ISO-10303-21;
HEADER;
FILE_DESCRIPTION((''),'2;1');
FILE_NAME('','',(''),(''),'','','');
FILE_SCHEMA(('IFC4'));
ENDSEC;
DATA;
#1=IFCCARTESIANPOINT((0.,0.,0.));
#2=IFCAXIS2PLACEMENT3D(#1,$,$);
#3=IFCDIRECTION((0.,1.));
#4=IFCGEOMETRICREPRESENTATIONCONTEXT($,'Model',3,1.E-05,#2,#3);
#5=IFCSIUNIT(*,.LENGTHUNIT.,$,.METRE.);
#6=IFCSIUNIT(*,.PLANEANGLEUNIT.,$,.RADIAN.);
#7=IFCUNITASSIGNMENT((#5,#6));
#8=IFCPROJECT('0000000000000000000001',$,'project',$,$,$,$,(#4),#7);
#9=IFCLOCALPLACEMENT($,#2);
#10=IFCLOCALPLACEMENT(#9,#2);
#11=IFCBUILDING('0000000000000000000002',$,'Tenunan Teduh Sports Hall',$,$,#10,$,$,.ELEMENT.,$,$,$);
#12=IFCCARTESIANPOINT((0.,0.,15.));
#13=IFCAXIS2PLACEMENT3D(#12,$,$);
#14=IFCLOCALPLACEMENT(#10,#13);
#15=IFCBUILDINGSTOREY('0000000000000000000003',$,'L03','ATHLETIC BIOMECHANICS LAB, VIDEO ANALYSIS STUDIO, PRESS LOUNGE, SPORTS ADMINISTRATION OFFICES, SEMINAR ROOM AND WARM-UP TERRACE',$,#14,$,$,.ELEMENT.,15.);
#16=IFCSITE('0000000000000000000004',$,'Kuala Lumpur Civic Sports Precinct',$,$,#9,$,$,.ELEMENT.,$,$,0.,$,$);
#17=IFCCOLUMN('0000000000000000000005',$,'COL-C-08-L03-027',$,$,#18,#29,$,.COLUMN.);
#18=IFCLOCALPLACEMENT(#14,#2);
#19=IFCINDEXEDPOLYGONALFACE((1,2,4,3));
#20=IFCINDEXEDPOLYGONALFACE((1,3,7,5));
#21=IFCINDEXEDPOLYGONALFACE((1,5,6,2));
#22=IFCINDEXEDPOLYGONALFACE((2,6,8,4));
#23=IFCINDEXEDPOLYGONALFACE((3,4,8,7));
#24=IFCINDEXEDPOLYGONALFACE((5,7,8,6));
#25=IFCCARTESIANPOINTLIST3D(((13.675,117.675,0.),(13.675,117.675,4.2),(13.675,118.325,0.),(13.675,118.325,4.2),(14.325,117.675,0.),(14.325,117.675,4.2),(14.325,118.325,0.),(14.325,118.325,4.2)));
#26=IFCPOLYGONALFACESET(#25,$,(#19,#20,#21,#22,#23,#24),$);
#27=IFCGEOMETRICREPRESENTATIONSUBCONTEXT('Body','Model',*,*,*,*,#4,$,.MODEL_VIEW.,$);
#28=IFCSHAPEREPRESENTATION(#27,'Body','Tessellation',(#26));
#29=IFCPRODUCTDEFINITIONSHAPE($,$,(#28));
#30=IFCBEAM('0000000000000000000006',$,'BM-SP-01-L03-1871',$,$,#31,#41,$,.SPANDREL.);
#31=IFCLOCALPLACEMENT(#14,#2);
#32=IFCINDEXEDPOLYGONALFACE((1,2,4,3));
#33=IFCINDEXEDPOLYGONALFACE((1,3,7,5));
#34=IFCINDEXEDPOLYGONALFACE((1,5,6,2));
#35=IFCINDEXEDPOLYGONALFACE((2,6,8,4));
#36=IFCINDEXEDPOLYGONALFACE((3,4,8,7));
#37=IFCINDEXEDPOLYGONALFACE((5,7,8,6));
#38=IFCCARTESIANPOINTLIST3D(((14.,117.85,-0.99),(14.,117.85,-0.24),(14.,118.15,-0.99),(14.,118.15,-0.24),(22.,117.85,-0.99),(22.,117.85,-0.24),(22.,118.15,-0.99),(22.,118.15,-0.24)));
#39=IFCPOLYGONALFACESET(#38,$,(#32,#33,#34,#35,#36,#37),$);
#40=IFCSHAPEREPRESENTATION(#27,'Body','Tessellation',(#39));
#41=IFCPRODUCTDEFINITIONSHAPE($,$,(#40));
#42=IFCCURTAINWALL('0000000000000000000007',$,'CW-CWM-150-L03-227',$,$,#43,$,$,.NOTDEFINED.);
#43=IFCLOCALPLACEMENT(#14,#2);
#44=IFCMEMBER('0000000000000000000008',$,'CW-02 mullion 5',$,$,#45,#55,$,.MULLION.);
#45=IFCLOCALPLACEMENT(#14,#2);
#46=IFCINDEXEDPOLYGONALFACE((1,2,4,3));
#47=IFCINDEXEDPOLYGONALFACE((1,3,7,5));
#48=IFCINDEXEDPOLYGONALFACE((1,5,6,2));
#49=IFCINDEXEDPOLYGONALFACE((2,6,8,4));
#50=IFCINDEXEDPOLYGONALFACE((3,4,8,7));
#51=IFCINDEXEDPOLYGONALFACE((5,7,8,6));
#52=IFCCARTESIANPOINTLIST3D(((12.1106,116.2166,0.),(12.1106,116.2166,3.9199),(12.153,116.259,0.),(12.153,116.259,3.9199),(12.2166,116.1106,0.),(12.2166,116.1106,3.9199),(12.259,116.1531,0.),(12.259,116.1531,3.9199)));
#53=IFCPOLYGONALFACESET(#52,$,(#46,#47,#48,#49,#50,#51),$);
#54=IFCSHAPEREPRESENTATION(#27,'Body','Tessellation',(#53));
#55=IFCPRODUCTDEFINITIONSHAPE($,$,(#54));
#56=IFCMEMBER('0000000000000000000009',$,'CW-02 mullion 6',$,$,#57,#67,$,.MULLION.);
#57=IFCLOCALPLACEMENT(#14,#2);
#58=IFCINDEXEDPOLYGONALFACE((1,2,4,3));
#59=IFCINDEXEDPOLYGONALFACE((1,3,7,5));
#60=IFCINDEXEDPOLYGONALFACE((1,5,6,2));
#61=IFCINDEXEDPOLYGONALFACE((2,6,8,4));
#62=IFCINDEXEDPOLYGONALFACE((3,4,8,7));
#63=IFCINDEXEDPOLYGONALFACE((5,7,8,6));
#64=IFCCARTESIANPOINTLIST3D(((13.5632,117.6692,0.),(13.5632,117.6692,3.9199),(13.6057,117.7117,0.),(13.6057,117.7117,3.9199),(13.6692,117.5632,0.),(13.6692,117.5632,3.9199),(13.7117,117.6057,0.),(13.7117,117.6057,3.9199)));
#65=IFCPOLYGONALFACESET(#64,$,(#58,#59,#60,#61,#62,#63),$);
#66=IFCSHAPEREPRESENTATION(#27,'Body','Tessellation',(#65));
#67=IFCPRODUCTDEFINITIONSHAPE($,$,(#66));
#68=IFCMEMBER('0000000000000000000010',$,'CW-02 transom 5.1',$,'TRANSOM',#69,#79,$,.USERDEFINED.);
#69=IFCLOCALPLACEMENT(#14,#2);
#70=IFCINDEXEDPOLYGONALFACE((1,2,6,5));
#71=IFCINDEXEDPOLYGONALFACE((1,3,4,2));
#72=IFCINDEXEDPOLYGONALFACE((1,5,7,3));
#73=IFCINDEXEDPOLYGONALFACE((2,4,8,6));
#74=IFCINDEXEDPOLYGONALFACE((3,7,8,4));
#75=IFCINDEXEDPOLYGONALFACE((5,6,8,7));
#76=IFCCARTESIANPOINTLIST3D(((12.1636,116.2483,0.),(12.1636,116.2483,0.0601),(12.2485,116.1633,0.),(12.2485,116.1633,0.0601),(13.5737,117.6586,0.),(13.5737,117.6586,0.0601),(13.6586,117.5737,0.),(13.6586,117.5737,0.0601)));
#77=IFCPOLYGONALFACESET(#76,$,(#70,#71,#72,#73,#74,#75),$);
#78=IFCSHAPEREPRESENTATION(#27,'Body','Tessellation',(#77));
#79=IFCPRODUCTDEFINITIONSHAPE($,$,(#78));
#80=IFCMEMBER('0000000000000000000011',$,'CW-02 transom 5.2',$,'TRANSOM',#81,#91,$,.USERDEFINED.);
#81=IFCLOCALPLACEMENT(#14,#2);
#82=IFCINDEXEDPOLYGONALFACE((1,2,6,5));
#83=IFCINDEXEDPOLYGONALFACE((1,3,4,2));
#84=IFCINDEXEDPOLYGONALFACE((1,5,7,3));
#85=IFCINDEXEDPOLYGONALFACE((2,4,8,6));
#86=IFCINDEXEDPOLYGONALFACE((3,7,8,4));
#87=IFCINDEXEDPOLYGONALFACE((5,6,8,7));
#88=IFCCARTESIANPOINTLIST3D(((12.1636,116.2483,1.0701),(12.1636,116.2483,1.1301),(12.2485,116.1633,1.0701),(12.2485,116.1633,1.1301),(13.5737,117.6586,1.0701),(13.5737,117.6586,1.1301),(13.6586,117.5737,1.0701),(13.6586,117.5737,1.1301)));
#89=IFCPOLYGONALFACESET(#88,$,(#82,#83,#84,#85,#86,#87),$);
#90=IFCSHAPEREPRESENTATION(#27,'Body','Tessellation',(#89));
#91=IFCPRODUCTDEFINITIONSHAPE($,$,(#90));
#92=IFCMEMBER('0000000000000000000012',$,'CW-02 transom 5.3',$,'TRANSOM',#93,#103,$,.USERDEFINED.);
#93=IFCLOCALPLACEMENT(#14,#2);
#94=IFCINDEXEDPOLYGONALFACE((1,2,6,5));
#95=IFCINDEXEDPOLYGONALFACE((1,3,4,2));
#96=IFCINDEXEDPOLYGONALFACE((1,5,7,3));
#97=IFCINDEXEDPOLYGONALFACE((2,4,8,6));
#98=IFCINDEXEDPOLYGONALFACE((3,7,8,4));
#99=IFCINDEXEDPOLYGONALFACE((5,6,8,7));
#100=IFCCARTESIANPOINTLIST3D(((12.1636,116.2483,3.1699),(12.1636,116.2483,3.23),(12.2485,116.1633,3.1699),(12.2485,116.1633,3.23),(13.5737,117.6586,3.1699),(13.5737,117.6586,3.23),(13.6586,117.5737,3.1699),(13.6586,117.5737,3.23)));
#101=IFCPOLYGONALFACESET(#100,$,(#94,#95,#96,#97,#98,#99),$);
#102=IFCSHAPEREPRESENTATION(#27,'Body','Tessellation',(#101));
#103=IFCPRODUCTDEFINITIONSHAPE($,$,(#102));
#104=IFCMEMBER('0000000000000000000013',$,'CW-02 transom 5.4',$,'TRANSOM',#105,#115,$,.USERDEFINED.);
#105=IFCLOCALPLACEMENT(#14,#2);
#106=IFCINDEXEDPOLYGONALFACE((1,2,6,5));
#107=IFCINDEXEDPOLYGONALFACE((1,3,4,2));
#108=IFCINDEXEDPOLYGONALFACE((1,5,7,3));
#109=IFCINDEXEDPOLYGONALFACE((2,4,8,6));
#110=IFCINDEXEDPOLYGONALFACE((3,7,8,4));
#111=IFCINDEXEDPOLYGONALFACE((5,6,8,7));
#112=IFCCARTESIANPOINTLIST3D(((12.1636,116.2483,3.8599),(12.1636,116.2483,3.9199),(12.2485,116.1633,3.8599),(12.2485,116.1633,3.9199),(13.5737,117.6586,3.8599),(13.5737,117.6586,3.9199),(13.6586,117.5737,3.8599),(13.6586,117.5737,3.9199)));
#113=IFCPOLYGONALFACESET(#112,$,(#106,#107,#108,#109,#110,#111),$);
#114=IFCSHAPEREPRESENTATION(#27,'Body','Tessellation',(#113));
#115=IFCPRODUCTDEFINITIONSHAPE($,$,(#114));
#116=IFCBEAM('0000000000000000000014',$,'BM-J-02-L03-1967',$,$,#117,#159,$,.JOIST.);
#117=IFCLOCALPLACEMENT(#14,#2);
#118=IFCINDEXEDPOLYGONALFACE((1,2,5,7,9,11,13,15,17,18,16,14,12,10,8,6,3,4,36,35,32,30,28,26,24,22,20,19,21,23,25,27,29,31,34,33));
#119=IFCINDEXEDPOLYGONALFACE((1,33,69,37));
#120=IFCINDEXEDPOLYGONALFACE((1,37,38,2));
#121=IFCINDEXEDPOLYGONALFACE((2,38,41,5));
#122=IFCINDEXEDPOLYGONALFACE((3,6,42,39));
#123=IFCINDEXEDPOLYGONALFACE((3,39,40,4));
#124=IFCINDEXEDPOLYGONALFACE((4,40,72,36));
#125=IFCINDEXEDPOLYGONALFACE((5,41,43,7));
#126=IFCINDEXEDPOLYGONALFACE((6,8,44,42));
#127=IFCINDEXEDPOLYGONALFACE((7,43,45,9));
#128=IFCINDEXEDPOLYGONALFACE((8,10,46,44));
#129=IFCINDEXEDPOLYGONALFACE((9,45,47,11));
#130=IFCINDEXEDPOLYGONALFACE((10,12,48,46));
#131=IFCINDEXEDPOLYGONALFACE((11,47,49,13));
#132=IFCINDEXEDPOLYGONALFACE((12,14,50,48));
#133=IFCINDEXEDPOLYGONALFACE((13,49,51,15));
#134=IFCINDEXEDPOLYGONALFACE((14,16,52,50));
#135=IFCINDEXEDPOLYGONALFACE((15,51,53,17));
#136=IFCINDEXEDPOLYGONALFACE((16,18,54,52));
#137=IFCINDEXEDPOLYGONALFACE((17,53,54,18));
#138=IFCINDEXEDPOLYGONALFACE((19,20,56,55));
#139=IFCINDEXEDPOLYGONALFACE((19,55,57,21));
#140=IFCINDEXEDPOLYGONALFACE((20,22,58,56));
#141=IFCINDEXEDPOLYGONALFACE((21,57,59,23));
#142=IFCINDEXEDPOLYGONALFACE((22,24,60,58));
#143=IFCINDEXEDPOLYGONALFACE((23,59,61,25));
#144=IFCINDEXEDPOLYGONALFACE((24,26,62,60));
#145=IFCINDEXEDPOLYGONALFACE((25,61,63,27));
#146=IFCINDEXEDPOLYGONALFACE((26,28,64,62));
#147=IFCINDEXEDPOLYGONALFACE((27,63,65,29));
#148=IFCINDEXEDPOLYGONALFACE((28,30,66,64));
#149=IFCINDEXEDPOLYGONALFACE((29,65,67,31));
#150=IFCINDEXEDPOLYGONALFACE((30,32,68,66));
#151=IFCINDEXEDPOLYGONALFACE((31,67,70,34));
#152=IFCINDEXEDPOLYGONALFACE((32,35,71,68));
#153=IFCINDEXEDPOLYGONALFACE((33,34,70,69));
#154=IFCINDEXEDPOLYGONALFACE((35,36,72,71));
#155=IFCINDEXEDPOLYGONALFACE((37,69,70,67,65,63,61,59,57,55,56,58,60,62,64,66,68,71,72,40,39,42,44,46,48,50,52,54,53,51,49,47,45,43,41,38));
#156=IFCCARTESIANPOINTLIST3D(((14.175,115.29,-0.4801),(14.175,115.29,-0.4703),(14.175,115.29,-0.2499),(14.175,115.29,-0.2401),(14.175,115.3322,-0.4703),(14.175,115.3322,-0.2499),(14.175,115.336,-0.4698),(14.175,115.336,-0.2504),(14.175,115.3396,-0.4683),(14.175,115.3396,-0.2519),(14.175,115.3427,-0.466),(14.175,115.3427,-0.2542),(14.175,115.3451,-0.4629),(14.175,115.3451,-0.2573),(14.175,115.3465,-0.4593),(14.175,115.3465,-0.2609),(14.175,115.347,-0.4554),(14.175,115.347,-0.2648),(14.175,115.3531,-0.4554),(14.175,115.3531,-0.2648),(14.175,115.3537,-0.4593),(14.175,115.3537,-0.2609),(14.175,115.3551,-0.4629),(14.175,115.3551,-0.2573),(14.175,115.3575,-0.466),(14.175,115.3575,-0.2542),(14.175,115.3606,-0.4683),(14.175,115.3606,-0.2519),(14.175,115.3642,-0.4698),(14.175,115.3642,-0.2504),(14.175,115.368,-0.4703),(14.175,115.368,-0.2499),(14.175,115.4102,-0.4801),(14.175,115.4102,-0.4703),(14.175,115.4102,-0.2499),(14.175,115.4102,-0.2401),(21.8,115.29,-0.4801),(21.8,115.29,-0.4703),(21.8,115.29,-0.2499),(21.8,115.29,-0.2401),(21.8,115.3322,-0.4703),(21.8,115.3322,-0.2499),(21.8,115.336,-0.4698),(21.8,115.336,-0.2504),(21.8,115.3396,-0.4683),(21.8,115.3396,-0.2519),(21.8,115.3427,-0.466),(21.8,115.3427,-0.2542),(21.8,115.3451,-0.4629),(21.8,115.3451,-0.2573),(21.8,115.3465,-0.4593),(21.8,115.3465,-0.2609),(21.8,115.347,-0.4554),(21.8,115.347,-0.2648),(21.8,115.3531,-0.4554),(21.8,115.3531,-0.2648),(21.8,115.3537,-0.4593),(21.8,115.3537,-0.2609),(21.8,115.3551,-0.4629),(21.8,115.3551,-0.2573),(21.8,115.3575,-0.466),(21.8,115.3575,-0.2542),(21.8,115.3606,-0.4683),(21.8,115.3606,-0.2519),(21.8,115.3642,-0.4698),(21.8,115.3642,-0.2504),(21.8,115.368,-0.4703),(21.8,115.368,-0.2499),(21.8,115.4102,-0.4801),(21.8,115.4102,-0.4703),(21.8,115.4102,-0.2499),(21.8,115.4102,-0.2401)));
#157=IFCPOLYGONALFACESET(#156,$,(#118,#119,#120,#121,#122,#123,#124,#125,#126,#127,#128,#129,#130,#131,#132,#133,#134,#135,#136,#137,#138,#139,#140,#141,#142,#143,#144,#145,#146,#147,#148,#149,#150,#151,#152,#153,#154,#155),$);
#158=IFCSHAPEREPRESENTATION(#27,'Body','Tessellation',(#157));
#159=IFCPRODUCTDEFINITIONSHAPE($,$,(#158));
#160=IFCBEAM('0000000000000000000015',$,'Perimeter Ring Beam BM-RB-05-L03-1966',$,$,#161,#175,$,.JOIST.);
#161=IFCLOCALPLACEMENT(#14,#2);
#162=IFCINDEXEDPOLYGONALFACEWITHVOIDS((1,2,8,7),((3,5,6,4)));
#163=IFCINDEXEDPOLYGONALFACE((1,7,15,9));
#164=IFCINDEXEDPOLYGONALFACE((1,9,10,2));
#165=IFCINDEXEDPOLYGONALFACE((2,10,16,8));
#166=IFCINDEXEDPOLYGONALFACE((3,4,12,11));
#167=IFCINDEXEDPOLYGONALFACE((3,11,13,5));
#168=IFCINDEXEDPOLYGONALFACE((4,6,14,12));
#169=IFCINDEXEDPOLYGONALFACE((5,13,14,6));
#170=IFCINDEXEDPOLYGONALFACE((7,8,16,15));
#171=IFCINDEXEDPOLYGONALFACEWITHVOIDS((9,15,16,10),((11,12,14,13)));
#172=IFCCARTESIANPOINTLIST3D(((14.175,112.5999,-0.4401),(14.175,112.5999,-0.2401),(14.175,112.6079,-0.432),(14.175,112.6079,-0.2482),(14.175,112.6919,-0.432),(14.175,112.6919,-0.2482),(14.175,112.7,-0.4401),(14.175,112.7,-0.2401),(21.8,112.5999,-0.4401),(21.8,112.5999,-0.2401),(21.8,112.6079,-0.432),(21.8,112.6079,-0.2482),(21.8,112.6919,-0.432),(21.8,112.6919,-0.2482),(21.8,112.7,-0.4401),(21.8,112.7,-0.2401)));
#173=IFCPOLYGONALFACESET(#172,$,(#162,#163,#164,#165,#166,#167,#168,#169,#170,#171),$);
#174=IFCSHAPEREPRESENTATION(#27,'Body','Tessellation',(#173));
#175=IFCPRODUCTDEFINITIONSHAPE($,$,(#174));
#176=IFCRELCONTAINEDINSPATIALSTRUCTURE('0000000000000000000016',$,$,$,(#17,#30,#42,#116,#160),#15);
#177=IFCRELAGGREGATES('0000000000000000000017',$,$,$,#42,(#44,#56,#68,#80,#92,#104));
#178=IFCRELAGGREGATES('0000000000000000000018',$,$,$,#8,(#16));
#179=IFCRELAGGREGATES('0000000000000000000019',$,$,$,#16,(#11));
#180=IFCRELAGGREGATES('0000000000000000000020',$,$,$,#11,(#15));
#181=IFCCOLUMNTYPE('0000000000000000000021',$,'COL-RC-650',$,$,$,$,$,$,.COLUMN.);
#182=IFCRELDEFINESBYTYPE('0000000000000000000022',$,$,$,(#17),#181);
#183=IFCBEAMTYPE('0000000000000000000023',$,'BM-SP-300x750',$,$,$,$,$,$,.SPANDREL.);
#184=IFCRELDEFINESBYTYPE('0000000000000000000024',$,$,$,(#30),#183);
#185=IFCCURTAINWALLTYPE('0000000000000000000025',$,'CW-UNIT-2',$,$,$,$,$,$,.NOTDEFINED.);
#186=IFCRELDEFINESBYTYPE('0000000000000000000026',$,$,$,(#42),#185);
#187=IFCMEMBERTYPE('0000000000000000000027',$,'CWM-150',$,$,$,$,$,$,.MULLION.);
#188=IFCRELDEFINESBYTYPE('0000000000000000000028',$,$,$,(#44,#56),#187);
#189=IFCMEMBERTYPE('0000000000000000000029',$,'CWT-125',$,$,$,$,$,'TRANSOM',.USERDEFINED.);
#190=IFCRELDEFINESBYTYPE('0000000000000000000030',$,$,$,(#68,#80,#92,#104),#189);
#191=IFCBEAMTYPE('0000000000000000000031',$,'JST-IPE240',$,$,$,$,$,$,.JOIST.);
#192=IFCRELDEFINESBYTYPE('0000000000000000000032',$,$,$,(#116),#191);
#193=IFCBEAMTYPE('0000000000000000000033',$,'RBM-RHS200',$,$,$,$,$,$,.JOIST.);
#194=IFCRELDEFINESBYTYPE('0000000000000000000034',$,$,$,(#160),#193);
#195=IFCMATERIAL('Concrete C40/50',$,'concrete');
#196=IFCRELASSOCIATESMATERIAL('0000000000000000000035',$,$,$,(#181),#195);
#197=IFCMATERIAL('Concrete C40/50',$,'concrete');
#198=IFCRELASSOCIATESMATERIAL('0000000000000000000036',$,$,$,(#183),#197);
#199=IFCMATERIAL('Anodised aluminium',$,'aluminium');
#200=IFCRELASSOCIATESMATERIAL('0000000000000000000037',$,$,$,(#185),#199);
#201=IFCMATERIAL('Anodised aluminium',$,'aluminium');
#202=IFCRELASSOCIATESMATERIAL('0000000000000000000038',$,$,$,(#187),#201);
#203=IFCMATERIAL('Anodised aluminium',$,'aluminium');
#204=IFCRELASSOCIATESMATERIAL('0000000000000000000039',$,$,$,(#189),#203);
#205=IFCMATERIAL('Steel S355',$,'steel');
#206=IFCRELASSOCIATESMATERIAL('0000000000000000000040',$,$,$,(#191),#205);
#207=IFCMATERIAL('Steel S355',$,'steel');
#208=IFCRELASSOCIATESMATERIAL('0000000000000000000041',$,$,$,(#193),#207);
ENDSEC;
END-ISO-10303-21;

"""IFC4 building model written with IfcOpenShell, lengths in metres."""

from ifc_helpers import new_model, si_unit, direction, frame, origin, origin_2d, place, context, subcontext, project, spatial, rectangle, hollow_rectangle, i_section, extrude, material, material_profile, profile_set, type_object, element, aggregate, save


model = new_model("IFC4")

# Units and contexts
model_context = context("Model", 3, precision=1e-05, world=origin(), true_north=direction((0.0, 1.0)))
body_context = subcontext(model_context, "Body", "Model", "MODEL_VIEW")
ifc_project = project(units=[si_unit("LENGTHUNIT", "METRE"), si_unit("PLANEANGLEUNIT", "RADIAN")], contexts=[model_context])

# Site, building, storey
site_placement = place(None, origin())
site = spatial("IfcSite", under=ifc_project, at=site_placement, Name="Kuala Lumpur Civic Sports Precinct", CompositionType="ELEMENT", RefElevation=0.0)
building_placement = place(site_placement, origin())
building = spatial("IfcBuilding", under=site, at=building_placement, Name="Tenunan Teduh Sports Hall", CompositionType="ELEMENT")
storey_placement = place(building_placement, frame((0.0, 0.0, 15.0)))
storey = spatial("IfcBuildingStorey", under=building, at=storey_placement, Name="L03", Description="ATHLETIC BIOMECHANICS LAB, VIDEO ANALYSIS STUDIO, PRESS LOUNGE, SPORTS ADMINISTRATION OFFICES, SEMINAR ROOM AND WARM-UP TERRACE", CompositionType="ELEMENT", Elevation=15.0)

# Column
ifc_material_1 = material(Name="Concrete C40/50", Category="concrete")
ifc_material_profile_1 = material_profile(ifc_material_1, rectangle(XDim=0.6499, YDim=0.6499, at=origin_2d()), Name="RC 650x650")
ifc_profile_set_1 = profile_set([ifc_material_profile_1], Name="Concrete C40/50")
column_type = type_object("IfcColumnType", Name="COL-RC-650", PredefinedType="COLUMN", material=ifc_profile_set_1)
column_placement = place(storey_placement, frame((14.0, 118.0, 0.0), z_axis=(0.0, 0.0, 1.0), x_axis=(1.0, 0.0, 0.0)))
element("IfcColumn", 1, at=column_placement, inside=storey, type_object=column_type, Name="COL-C-08-L03-027", PredefinedType="COLUMN", context=body_context, shape_type="SweptSolid", body=[
    extrude(rectangle(XDim=0.6499, YDim=0.6499, at=origin_2d()), origin(), (0.0, 0.0, 1.0), 4.2),
])

# Beam
ifc_material_2 = material(Name="Concrete C40/50", Category="concrete")
ifc_material_profile_2 = material_profile(ifc_material_2, rectangle(XDim=0.3, YDim=0.75, at=origin_2d()), Name="SPB 300x750")
ifc_profile_set_2 = profile_set([ifc_material_profile_2], Name="Concrete C40/50")
beam_type_1 = type_object("IfcBeamType", Name="BM-SP-300x750", PredefinedType="SPANDREL", material=ifc_profile_set_2)
beam_1_placement = place(storey_placement, frame((14.0, 118.0, -0.615), z_axis=(1.0, 0.0, 0.0), x_axis=(0.0, 1.0, 0.0)))
element("IfcBeam", 2, at=beam_1_placement, inside=storey, type_object=beam_type_1, Name="BM-SP-01-L03-1871", PredefinedType="SPANDREL", context=body_context, shape_type="SweptSolid", body=[
    extrude(rectangle(XDim=0.3, YDim=0.75, at=origin_2d()), origin(), (0.0, 0.0, 1.0), 8.0),
])

# Curtain wall, members
ifc_material_3 = material(Name="Anodised aluminium", Category="aluminium")
curtain_wall_type = type_object("IfcCurtainWallType", Name="CW-UNIT-2", PredefinedType="NOTDEFINED", material=ifc_material_3)
curtain_wall_placement = place(storey_placement, origin())
curtain_wall = element("IfcCurtainWall", 3, at=curtain_wall_placement, inside=storey, type_object=curtain_wall_type, Name="CW-CWM-150-L03-227", PredefinedType="NOTDEFINED")
ifc_material_4 = material(Name="Anodised aluminium", Category="aluminium")
ifc_material_profile_3 = material_profile(ifc_material_4, rectangle(XDim=0.0601, YDim=0.1499, at=origin_2d()), Name="CWM 60x150")
ifc_profile_set_3 = profile_set([ifc_material_profile_3], Name="Anodised aluminium")
member_type_1 = type_object("IfcMemberType", Name="CWM-150", PredefinedType="MULLION", material=ifc_profile_set_3)
member_1_placement = place(storey_placement, frame((12.1848, 116.1848, 0.0), z_axis=(0.0, 0.0, 1.0), x_axis=(0.707102, 0.707112, 0.0)))
member_1 = element("IfcMember", 4, at=member_1_placement, type_object=member_type_1, Name="CW-02 mullion 5", PredefinedType="MULLION", context=body_context, shape_type="SweptSolid", body=[
    extrude(rectangle(XDim=0.0601, YDim=0.1499, at=origin_2d()), origin(), (0.0, 0.0, 1.0), 3.9199),
])
member_2_placement = place(storey_placement, frame((13.6375, 117.6375, 0.0), z_axis=(0.0, 0.0, 1.0), x_axis=(0.707102, 0.707112, 0.0)))
member_2 = element("IfcMember", 5, at=member_2_placement, type_object=member_type_1, Name="CW-02 mullion 6", PredefinedType="MULLION", context=body_context, shape_type="SweptSolid", body=[
    extrude(rectangle(XDim=0.0601, YDim=0.1499, at=origin_2d()), origin(), (0.0, 0.0, 1.0), 3.9199),
])
ifc_material_5 = material(Name="Anodised aluminium", Category="aluminium")
ifc_material_profile_4 = material_profile(ifc_material_5, rectangle(XDim=0.0601, YDim=0.1201, at=origin_2d()), Name="CWT 60x120")
ifc_profile_set_4 = profile_set([ifc_material_profile_4], Name="Anodised aluminium")
member_type_2 = type_object("IfcMemberType", Name="CWT-125", ElementType="TRANSOM", PredefinedType="USERDEFINED", material=ifc_profile_set_4)
member_3_placement = place(storey_placement, frame((12.2061, 116.2058, 0.03), z_axis=(0.707046, 0.707168, 0.0), x_axis=(0.0, 0.0, 1.0)))
member_3 = element("IfcMember", 6, at=member_3_placement, type_object=member_type_2, Name="CW-02 transom 5.1", ObjectType="TRANSOM", PredefinedType="USERDEFINED", context=body_context, shape_type="SweptSolid", body=[
    extrude(rectangle(XDim=0.0601, YDim=0.1201, at=origin_2d()), origin(), (0.0, 0.0, 1.0), 1.9944),
])
member_4_placement = place(storey_placement, frame((12.2061, 116.2058, 1.1001), z_axis=(0.707046, 0.707168, 0.0), x_axis=(0.0, 0.0, 1.0)))
member_4 = element("IfcMember", 7, at=member_4_placement, type_object=member_type_2, Name="CW-02 transom 5.2", ObjectType="TRANSOM", PredefinedType="USERDEFINED", context=body_context, shape_type="SweptSolid", body=[
    extrude(rectangle(XDim=0.0601, YDim=0.1201, at=origin_2d()), origin(), (0.0, 0.0, 1.0), 1.9944),
])
member_5_placement = place(storey_placement, frame((12.2061, 116.2058, 3.2), z_axis=(0.707046, 0.707168, 0.0), x_axis=(0.0, 0.0, 1.0)))
member_5 = element("IfcMember", 8, at=member_5_placement, type_object=member_type_2, Name="CW-02 transom 5.3", ObjectType="TRANSOM", PredefinedType="USERDEFINED", context=body_context, shape_type="SweptSolid", body=[
    extrude(rectangle(XDim=0.0601, YDim=0.1201, at=origin_2d()), origin(), (0.0, 0.0, 1.0), 1.9944),
])
member_6_placement = place(storey_placement, frame((12.2061, 116.2058, 3.8899), z_axis=(0.707046, 0.707168, 0.0), x_axis=(0.0, 0.0, 1.0)))
member_6 = element("IfcMember", 9, at=member_6_placement, type_object=member_type_2, Name="CW-02 transom 5.4", ObjectType="TRANSOM", PredefinedType="USERDEFINED", context=body_context, shape_type="SweptSolid", body=[
    extrude(rectangle(XDim=0.0601, YDim=0.1201, at=origin_2d()), origin(), (0.0, 0.0, 1.0), 1.9944),
])

# Beams
ifc_material_6 = material(Name="Steel S355", Category="steel")
ifc_material_profile_5 = material_profile(ifc_material_6, i_section(OverallWidth=0.1201, OverallDepth=0.24, WebThickness=0.0061, FlangeThickness=0.0098, FilletRadius=0.0149, at=origin_2d()), Name="IPE 240")
ifc_profile_set_5 = profile_set([ifc_material_profile_5], Name="Steel S355")
beam_type_2 = type_object("IfcBeamType", Name="JST-IPE240", PredefinedType="JOIST", material=ifc_profile_set_5)
beam_2_placement = place(storey_placement, frame((14.175, 115.3501, -0.3601), z_axis=(1.0, 0.0, 0.0), x_axis=(0.0, 1.0, 0.0)))
element("IfcBeam", 10, at=beam_2_placement, inside=storey, type_object=beam_type_2, Name="BM-J-02-L03-1967", PredefinedType="JOIST", context=body_context, shape_type="SweptSolid", body=[
    extrude(i_section(OverallWidth=0.1201, OverallDepth=0.24, WebThickness=0.0061, FlangeThickness=0.0098, FilletRadius=0.0149, at=origin_2d()), origin(), (0.0, 0.0, 1.0), 7.625),
])
ifc_material_7 = material(Name="Steel S355", Category="steel")
ifc_material_profile_6 = material_profile(ifc_material_7, hollow_rectangle(XDim=0.1001, YDim=0.2, WallThickness=0.0081, at=origin_2d()), Name="RHS 200x100x8.0")
ifc_profile_set_6 = profile_set([ifc_material_profile_6], Name="Steel S355")
beam_type_3 = type_object("IfcBeamType", Name="RBM-RHS200", PredefinedType="JOIST", material=ifc_profile_set_6)
beam_3_placement = place(storey_placement, frame((14.175, 112.6499, -0.3401), z_axis=(1.0, 0.0, 0.0), x_axis=(0.0, 1.0, 0.0)))
element("IfcBeam", 11, at=beam_3_placement, inside=storey, type_object=beam_type_3, Name="Perimeter Ring Beam BM-RB-05-L03-1966", PredefinedType="JOIST", context=body_context, shape_type="SweptSolid", body=[
    extrude(hollow_rectangle(XDim=0.1001, YDim=0.2, WallThickness=0.0081, at=origin_2d()), origin(), (0.0, 0.0, 1.0), 7.625),
])

aggregate(curtain_wall, [member_1, member_2, member_3, member_4, member_5, member_6])

save(model, "model.ifc")
